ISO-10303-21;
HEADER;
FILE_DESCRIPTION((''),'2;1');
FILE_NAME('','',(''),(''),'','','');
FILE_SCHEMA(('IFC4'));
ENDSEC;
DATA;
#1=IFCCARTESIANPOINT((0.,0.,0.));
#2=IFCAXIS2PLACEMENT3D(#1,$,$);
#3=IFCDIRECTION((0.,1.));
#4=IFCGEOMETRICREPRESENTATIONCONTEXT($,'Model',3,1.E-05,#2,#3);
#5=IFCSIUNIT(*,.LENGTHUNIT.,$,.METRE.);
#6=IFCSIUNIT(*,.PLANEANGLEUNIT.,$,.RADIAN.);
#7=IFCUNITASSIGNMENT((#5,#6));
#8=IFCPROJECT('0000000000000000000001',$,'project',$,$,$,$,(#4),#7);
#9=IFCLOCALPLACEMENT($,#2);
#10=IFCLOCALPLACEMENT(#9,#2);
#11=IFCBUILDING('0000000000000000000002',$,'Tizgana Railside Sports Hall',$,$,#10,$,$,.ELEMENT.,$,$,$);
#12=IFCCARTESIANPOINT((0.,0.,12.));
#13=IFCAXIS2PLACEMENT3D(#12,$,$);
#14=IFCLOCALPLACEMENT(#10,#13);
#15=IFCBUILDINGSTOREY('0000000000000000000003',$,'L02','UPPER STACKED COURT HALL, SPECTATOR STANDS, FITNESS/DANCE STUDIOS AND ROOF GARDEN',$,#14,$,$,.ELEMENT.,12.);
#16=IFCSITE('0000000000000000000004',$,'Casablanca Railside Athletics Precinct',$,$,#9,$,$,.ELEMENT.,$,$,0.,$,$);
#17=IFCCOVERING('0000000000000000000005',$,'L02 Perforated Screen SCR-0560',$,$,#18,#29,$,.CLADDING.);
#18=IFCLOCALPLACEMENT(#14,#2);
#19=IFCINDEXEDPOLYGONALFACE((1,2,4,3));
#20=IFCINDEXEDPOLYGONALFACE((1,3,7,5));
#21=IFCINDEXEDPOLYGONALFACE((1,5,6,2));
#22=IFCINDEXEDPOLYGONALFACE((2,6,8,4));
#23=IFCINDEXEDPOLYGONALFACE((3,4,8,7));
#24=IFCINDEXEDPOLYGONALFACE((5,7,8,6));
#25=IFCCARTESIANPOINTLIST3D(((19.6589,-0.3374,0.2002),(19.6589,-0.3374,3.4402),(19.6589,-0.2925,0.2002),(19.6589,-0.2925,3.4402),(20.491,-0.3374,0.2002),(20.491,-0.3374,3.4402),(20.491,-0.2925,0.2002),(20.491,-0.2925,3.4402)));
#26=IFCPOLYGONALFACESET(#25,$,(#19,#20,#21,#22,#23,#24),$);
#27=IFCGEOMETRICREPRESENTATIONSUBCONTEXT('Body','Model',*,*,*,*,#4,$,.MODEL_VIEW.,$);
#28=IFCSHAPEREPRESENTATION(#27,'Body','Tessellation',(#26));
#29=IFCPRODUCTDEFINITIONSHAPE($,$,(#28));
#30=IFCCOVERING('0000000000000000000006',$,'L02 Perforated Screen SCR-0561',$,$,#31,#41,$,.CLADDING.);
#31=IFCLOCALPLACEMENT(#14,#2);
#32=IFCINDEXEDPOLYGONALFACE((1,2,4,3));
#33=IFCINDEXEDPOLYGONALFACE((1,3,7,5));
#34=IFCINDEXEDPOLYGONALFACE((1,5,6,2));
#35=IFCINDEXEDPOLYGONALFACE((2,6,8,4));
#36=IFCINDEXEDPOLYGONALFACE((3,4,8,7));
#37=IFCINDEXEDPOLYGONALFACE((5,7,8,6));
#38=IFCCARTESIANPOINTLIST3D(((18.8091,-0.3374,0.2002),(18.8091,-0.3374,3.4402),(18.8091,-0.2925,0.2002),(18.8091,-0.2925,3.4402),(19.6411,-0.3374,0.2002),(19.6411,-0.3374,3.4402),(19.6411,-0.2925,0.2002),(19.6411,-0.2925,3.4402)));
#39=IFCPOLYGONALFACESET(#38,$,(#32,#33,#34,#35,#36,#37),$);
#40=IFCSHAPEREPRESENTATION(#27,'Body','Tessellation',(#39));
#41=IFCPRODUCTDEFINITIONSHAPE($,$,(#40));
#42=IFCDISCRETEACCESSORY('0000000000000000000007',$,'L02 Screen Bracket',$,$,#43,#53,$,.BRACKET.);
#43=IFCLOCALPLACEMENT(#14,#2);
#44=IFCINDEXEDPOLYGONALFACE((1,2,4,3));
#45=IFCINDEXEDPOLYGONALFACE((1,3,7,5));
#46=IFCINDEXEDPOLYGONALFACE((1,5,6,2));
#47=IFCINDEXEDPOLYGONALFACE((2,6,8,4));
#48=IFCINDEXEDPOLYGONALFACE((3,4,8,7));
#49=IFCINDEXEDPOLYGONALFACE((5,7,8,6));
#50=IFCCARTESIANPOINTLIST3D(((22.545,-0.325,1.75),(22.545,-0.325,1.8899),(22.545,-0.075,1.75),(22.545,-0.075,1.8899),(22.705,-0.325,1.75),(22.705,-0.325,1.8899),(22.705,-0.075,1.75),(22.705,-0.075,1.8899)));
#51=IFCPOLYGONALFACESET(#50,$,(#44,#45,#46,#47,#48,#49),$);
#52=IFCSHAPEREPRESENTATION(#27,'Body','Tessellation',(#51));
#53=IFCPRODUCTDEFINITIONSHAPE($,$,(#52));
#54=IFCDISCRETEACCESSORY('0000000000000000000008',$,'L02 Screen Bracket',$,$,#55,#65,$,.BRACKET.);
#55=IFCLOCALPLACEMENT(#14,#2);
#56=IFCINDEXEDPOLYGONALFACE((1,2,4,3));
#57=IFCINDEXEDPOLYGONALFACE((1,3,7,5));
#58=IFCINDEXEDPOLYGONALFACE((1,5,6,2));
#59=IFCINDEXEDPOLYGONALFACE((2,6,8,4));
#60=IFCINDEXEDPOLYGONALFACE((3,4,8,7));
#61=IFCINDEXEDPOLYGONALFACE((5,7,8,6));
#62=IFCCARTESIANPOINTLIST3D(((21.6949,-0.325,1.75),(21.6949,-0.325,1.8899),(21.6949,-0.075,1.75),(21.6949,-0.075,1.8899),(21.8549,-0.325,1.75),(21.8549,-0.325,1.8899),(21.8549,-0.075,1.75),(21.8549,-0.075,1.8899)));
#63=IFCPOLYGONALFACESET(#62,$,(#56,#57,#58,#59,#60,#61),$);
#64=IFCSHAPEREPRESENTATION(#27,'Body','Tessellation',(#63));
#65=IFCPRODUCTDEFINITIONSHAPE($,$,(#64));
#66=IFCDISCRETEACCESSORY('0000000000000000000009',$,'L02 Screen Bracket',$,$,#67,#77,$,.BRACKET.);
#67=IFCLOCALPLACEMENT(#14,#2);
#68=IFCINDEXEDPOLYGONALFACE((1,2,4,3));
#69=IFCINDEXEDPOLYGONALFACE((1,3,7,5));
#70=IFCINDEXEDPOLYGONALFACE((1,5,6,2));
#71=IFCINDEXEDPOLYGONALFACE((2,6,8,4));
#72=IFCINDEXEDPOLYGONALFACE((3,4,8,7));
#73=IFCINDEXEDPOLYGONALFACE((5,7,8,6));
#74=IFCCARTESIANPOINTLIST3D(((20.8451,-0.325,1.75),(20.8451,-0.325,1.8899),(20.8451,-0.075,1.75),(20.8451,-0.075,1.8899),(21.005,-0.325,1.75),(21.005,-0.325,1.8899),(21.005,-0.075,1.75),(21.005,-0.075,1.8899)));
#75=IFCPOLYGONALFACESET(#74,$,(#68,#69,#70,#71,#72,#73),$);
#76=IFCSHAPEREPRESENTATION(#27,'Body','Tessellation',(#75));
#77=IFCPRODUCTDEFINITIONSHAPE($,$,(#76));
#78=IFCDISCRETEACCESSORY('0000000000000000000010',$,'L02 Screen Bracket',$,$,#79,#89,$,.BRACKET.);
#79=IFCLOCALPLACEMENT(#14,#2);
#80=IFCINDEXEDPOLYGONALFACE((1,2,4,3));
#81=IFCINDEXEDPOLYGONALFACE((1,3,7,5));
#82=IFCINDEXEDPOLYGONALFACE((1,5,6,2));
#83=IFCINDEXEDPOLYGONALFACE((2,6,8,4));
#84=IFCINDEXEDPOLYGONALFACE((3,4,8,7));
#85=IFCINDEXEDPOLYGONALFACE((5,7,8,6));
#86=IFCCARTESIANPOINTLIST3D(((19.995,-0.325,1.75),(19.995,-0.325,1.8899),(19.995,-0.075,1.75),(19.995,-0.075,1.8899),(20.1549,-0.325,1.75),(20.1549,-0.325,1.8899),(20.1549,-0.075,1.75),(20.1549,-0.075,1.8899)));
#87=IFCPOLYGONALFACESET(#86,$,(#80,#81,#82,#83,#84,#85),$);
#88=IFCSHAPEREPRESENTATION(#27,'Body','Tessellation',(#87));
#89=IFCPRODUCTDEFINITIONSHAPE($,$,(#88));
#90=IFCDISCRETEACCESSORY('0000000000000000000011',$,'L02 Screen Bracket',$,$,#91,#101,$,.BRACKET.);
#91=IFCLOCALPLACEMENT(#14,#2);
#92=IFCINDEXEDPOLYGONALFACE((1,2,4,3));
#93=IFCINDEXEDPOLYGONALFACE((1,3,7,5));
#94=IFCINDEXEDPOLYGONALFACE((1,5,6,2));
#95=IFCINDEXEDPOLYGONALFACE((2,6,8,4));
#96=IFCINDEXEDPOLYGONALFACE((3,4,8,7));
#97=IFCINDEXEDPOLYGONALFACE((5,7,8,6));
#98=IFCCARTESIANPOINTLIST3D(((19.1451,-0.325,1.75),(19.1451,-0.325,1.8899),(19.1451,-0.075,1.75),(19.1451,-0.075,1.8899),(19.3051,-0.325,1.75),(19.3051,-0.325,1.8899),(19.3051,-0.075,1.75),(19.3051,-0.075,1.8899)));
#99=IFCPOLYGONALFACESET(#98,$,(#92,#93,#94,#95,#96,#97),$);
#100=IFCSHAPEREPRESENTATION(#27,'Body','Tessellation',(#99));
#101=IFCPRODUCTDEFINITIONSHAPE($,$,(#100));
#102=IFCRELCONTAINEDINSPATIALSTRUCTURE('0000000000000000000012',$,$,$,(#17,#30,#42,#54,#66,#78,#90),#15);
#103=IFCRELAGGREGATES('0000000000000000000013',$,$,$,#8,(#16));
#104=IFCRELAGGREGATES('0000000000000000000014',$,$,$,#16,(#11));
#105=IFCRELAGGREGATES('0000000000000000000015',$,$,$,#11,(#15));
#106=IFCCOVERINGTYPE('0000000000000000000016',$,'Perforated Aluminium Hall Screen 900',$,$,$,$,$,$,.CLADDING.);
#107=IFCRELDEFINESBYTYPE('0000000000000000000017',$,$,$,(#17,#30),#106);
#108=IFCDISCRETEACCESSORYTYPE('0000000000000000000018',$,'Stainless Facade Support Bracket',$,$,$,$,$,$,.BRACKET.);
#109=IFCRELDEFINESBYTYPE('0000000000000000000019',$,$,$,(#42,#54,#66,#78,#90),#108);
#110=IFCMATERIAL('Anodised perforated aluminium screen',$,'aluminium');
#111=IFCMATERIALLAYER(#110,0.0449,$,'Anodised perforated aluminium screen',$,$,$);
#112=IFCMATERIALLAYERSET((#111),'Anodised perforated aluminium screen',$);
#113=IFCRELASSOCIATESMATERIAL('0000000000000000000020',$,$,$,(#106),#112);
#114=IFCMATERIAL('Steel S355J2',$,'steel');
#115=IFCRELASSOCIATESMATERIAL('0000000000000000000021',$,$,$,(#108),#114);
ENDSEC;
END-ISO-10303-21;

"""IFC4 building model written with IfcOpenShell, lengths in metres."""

from ifc_helpers import new_model, si_unit, direction, frame, origin, origin_2d, place, context, subcontext, project, spatial, rectangle, extrude, material, layer, layer_set, type_object, element, save


model = new_model("IFC4")

# Units and contexts
model_context = context("Model", 3, precision=1e-05, world=origin(), true_north=direction((0.0, 1.0)))
body_context = subcontext(model_context, "Body", "Model", "MODEL_VIEW")
ifc_project = project(units=[si_unit("LENGTHUNIT", "METRE"), si_unit("PLANEANGLEUNIT", "RADIAN")], contexts=[model_context])

# Site, building, storey
site_placement = place(None, origin())
site = spatial("IfcSite", under=ifc_project, at=site_placement, Name="Casablanca Railside Athletics Precinct", CompositionType="ELEMENT", RefElevation=0.0)
building_placement = place(site_placement, origin())
building = spatial("IfcBuilding", under=site, at=building_placement, Name="Tizgana Railside Sports Hall", CompositionType="ELEMENT")
storey_placement = place(building_placement, frame((0.0, 0.0, 12.0)))
storey = spatial("IfcBuildingStorey", under=building, at=storey_placement, Name="L02", Description="UPPER STACKED COURT HALL, SPECTATOR STANDS, FITNESS/DANCE STUDIOS AND ROOF GARDEN", CompositionType="ELEMENT", Elevation=12.0)

# Shared definitions
ifc_material_1 = material(Name="Steel S355J2", Category="steel")

# Coverings
ifc_material_2 = material(Name="Anodised perforated aluminium screen", Category="aluminium")
ifc_layer_1 = layer(ifc_material_2, 0.0449, Name="Anodised perforated aluminium screen")
ifc_layer_set_1 = layer_set([ifc_layer_1], Name="Anodised perforated aluminium screen")
covering_type = type_object("IfcCoveringType", Name="Perforated Aluminium Hall Screen 900", PredefinedType="CLADDING", material=ifc_layer_set_1)
for number, where, z_axis, x_axis, name in (
    (1, (20.075, -0.3149, 0.2002), (0.0, 0.0, 1.0), (-1.0, 0.0, 0.0), "L02 Perforated Screen SCR-0560"),
    (2, (19.2251, -0.3149, 0.2002), (0.0, 0.0, 1.0), (-1.0, 0.0, 0.0), "L02 Perforated Screen SCR-0561"),
):
    element("IfcCovering", number, at=place(storey_placement, frame(where, z_axis=z_axis, x_axis=x_axis)), inside=storey, type_object=covering_type, Name=name, PredefinedType="CLADDING", context=body_context, shape_type="SweptSolid", body=[
        extrude(rectangle(XDim=0.832, YDim=0.0449, at=origin_2d()), origin(), (0.0, 0.0, 1.0), 3.24),
    ])

# Discrete accessories
discrete_accessory_type = type_object("IfcDiscreteAccessoryType", Name="Stainless Facade Support Bracket", PredefinedType="BRACKET", material=ifc_material_1)
for number, where, z_axis, x_axis, name in (
    (3, (22.625, -0.2, 1.75), (0.0, 0.0, 1.0), (-1.0, 0.0, 0.0), "L02 Screen Bracket"),
    (4, (21.7749, -0.2, 1.75), (0.0, 0.0, 1.0), (-1.0, 0.0, 0.0), "L02 Screen Bracket"),
    (5, (20.925, -0.2, 1.75), (0.0, 0.0, 1.0), (-1.0, 0.0, 0.0), "L02 Screen Bracket"),
    (6, (20.075, -0.2, 1.75), (0.0, 0.0, 1.0), (-1.0, 0.0, 0.0), "L02 Screen Bracket"),
    (7, (19.2251, -0.2, 1.75), (0.0, 0.0, 1.0), (-1.0, 0.0, 0.0), "L02 Screen Bracket"),
):
    element("IfcDiscreteAccessory", number, at=place(storey_placement, frame(where, z_axis=z_axis, x_axis=x_axis)), inside=storey, type_object=discrete_accessory_type, Name=name, PredefinedType="BRACKET", context=body_context, shape_type="SweptSolid", body=[
        extrude(rectangle(XDim=0.1599, YDim=0.25, at=origin_2d()), origin(), (0.0, 0.0, 1.0), 0.1399),
    ])

save(model, "model.ifc")
